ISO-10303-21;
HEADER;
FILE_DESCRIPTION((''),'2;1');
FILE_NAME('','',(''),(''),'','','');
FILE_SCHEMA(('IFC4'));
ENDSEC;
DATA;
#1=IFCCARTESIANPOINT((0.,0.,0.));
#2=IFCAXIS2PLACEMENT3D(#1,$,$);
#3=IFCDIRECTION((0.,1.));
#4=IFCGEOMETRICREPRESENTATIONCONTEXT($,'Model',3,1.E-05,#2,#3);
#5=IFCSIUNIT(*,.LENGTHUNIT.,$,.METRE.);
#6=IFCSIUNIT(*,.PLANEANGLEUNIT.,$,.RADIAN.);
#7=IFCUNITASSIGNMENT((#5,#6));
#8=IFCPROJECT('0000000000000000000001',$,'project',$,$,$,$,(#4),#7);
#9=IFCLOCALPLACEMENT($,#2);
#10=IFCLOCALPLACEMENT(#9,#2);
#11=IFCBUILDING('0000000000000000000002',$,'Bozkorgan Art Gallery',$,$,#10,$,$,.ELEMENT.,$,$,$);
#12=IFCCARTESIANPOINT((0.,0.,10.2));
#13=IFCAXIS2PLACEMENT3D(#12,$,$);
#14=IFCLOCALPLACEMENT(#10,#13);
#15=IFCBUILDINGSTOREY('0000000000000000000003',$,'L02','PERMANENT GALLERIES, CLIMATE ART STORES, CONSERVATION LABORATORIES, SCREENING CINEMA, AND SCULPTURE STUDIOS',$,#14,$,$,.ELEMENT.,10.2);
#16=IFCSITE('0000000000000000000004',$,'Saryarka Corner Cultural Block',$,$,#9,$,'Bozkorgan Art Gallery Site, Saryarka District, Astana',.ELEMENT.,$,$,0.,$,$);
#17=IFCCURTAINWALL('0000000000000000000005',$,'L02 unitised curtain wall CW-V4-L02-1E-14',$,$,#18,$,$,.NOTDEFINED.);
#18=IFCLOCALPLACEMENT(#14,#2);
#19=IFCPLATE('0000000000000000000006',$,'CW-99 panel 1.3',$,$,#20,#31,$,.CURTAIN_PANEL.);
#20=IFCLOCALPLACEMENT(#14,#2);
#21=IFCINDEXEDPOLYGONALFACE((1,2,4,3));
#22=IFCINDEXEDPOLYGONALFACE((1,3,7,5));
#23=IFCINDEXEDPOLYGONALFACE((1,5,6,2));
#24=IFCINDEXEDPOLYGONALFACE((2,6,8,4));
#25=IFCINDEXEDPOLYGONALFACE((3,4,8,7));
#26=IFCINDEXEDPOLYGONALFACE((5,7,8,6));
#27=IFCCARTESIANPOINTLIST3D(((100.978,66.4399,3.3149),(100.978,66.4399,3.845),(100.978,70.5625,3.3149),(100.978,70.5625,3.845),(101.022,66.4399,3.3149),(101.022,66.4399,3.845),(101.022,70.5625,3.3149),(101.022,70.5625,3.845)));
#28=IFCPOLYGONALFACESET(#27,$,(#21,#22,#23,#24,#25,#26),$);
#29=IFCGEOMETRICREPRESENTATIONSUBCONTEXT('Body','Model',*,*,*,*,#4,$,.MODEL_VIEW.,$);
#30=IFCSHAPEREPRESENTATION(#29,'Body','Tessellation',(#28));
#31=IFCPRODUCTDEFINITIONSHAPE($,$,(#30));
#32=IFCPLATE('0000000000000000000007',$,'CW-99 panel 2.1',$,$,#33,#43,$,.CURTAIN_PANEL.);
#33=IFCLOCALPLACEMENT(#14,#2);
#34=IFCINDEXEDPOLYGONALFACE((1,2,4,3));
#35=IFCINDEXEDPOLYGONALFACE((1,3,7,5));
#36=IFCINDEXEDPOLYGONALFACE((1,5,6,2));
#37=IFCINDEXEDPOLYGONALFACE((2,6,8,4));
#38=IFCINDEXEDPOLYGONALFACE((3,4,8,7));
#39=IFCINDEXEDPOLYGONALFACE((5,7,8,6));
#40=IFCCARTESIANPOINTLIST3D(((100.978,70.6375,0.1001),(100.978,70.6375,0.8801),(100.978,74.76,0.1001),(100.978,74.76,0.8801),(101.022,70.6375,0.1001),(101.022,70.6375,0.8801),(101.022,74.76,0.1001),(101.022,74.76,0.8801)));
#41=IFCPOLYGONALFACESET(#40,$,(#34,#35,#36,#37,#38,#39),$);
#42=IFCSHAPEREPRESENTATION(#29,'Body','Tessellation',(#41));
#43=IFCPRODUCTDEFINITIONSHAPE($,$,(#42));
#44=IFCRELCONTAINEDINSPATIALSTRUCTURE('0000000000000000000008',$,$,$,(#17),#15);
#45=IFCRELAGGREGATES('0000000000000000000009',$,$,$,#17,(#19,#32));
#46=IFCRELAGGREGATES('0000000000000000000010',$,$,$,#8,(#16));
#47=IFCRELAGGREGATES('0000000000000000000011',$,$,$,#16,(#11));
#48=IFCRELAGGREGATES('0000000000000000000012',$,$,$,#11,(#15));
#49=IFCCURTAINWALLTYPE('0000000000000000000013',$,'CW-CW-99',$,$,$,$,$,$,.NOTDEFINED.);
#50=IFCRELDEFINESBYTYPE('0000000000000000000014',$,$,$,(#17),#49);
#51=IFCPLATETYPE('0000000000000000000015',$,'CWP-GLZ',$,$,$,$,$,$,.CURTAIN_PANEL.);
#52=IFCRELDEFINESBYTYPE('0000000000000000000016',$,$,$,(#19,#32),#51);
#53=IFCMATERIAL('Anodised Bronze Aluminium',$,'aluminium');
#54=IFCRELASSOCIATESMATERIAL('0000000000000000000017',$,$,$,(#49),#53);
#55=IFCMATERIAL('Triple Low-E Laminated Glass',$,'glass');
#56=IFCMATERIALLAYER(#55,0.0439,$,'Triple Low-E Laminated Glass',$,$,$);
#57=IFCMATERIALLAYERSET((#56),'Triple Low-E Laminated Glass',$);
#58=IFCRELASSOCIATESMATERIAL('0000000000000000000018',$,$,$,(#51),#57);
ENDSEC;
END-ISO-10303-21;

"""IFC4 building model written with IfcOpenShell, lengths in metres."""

from ifc_helpers import new_model, si_unit, direction, frame, origin, origin_2d, place, context, subcontext, project, spatial, rectangle, extrude, material, layer, layer_set, type_object, element, aggregate, save


model = new_model("IFC4")

# Units and contexts
model_context = context("Model", 3, precision=1e-05, world=origin(), true_north=direction((0.0, 1.0)))
body_context = subcontext(model_context, "Body", "Model", "MODEL_VIEW")
ifc_project = project(units=[si_unit("LENGTHUNIT", "METRE"), si_unit("PLANEANGLEUNIT", "RADIAN")], contexts=[model_context])

# Site, building, storey
site_placement = place(None, origin())
site = spatial("IfcSite", under=ifc_project, at=site_placement, Name="Saryarka Corner Cultural Block", LongName="Bozkorgan Art Gallery Site, Saryarka District, Astana", CompositionType="ELEMENT", RefElevation=0.0)
building_placement = place(site_placement, origin())
building = spatial("IfcBuilding", under=site, at=building_placement, Name="Bozkorgan Art Gallery", CompositionType="ELEMENT")
storey_placement = place(building_placement, frame((0.0, 0.0, 10.2)))
storey = spatial("IfcBuildingStorey", under=building, at=storey_placement, Name="L02", Description="PERMANENT GALLERIES, CLIMATE ART STORES, CONSERVATION LABORATORIES, SCREENING CINEMA, AND SCULPTURE STUDIOS", CompositionType="ELEMENT", Elevation=10.2)

# Curtain wall
ifc_material_1 = material(Name="Anodised Bronze Aluminium", Category="aluminium")
curtain_wall_type = type_object("IfcCurtainWallType", Name="CW-CW-99", PredefinedType="NOTDEFINED", material=ifc_material_1)
curtain_wall_1_placement = place(storey_placement, origin())
curtain_wall_1 = element("IfcCurtainWall", 1, at=curtain_wall_1_placement, inside=storey, type_object=curtain_wall_type, Name="L02 unitised curtain wall CW-V4-L02-1E-14", PredefinedType="NOTDEFINED")

# Plates
ifc_material_2 = material(Name="Triple Low-E Laminated Glass", Category="glass")
ifc_layer = layer(ifc_material_2, 0.0439, Name="Triple Low-E Laminated Glass")
ifc_layer_set = layer_set([ifc_layer], Name="Triple Low-E Laminated Glass")
plate_type = type_object("IfcPlateType", Name="CWP-GLZ", PredefinedType="CURTAIN_PANEL", material=ifc_layer_set)
plate_1_placement = place(storey_placement, frame((101.0, 68.5012, 3.3149), z_axis=(0.0, 0.0, 1.0), x_axis=(0.0, 1.0, 0.0)))
plate_1 = element("IfcPlate", 2, at=plate_1_placement, type_object=plate_type, Name="CW-99 panel 1.3", PredefinedType="CURTAIN_PANEL", context=body_context, shape_type="SweptSolid", body=[
    extrude(rectangle(XDim=4.1226, YDim=0.0439, at=origin_2d()), origin(), (0.0, 0.0, 1.0), 0.53),
])
plate_2_placement = place(storey_placement, frame((101.0, 72.6987, 0.1001), z_axis=(0.0, 0.0, 1.0), x_axis=(0.0, 1.0, 0.0)))
plate_2 = element("IfcPlate", 3, at=plate_2_placement, type_object=plate_type, Name="CW-99 panel 2.1", PredefinedType="CURTAIN_PANEL", context=body_context, shape_type="SweptSolid", body=[
    extrude(rectangle(XDim=4.1226, YDim=0.0439, at=origin_2d()), origin(), (0.0, 0.0, 1.0), 0.78),
])
aggregate(curtain_wall_1, [plate_1, plate_2])

save(model, "model.ifc")
